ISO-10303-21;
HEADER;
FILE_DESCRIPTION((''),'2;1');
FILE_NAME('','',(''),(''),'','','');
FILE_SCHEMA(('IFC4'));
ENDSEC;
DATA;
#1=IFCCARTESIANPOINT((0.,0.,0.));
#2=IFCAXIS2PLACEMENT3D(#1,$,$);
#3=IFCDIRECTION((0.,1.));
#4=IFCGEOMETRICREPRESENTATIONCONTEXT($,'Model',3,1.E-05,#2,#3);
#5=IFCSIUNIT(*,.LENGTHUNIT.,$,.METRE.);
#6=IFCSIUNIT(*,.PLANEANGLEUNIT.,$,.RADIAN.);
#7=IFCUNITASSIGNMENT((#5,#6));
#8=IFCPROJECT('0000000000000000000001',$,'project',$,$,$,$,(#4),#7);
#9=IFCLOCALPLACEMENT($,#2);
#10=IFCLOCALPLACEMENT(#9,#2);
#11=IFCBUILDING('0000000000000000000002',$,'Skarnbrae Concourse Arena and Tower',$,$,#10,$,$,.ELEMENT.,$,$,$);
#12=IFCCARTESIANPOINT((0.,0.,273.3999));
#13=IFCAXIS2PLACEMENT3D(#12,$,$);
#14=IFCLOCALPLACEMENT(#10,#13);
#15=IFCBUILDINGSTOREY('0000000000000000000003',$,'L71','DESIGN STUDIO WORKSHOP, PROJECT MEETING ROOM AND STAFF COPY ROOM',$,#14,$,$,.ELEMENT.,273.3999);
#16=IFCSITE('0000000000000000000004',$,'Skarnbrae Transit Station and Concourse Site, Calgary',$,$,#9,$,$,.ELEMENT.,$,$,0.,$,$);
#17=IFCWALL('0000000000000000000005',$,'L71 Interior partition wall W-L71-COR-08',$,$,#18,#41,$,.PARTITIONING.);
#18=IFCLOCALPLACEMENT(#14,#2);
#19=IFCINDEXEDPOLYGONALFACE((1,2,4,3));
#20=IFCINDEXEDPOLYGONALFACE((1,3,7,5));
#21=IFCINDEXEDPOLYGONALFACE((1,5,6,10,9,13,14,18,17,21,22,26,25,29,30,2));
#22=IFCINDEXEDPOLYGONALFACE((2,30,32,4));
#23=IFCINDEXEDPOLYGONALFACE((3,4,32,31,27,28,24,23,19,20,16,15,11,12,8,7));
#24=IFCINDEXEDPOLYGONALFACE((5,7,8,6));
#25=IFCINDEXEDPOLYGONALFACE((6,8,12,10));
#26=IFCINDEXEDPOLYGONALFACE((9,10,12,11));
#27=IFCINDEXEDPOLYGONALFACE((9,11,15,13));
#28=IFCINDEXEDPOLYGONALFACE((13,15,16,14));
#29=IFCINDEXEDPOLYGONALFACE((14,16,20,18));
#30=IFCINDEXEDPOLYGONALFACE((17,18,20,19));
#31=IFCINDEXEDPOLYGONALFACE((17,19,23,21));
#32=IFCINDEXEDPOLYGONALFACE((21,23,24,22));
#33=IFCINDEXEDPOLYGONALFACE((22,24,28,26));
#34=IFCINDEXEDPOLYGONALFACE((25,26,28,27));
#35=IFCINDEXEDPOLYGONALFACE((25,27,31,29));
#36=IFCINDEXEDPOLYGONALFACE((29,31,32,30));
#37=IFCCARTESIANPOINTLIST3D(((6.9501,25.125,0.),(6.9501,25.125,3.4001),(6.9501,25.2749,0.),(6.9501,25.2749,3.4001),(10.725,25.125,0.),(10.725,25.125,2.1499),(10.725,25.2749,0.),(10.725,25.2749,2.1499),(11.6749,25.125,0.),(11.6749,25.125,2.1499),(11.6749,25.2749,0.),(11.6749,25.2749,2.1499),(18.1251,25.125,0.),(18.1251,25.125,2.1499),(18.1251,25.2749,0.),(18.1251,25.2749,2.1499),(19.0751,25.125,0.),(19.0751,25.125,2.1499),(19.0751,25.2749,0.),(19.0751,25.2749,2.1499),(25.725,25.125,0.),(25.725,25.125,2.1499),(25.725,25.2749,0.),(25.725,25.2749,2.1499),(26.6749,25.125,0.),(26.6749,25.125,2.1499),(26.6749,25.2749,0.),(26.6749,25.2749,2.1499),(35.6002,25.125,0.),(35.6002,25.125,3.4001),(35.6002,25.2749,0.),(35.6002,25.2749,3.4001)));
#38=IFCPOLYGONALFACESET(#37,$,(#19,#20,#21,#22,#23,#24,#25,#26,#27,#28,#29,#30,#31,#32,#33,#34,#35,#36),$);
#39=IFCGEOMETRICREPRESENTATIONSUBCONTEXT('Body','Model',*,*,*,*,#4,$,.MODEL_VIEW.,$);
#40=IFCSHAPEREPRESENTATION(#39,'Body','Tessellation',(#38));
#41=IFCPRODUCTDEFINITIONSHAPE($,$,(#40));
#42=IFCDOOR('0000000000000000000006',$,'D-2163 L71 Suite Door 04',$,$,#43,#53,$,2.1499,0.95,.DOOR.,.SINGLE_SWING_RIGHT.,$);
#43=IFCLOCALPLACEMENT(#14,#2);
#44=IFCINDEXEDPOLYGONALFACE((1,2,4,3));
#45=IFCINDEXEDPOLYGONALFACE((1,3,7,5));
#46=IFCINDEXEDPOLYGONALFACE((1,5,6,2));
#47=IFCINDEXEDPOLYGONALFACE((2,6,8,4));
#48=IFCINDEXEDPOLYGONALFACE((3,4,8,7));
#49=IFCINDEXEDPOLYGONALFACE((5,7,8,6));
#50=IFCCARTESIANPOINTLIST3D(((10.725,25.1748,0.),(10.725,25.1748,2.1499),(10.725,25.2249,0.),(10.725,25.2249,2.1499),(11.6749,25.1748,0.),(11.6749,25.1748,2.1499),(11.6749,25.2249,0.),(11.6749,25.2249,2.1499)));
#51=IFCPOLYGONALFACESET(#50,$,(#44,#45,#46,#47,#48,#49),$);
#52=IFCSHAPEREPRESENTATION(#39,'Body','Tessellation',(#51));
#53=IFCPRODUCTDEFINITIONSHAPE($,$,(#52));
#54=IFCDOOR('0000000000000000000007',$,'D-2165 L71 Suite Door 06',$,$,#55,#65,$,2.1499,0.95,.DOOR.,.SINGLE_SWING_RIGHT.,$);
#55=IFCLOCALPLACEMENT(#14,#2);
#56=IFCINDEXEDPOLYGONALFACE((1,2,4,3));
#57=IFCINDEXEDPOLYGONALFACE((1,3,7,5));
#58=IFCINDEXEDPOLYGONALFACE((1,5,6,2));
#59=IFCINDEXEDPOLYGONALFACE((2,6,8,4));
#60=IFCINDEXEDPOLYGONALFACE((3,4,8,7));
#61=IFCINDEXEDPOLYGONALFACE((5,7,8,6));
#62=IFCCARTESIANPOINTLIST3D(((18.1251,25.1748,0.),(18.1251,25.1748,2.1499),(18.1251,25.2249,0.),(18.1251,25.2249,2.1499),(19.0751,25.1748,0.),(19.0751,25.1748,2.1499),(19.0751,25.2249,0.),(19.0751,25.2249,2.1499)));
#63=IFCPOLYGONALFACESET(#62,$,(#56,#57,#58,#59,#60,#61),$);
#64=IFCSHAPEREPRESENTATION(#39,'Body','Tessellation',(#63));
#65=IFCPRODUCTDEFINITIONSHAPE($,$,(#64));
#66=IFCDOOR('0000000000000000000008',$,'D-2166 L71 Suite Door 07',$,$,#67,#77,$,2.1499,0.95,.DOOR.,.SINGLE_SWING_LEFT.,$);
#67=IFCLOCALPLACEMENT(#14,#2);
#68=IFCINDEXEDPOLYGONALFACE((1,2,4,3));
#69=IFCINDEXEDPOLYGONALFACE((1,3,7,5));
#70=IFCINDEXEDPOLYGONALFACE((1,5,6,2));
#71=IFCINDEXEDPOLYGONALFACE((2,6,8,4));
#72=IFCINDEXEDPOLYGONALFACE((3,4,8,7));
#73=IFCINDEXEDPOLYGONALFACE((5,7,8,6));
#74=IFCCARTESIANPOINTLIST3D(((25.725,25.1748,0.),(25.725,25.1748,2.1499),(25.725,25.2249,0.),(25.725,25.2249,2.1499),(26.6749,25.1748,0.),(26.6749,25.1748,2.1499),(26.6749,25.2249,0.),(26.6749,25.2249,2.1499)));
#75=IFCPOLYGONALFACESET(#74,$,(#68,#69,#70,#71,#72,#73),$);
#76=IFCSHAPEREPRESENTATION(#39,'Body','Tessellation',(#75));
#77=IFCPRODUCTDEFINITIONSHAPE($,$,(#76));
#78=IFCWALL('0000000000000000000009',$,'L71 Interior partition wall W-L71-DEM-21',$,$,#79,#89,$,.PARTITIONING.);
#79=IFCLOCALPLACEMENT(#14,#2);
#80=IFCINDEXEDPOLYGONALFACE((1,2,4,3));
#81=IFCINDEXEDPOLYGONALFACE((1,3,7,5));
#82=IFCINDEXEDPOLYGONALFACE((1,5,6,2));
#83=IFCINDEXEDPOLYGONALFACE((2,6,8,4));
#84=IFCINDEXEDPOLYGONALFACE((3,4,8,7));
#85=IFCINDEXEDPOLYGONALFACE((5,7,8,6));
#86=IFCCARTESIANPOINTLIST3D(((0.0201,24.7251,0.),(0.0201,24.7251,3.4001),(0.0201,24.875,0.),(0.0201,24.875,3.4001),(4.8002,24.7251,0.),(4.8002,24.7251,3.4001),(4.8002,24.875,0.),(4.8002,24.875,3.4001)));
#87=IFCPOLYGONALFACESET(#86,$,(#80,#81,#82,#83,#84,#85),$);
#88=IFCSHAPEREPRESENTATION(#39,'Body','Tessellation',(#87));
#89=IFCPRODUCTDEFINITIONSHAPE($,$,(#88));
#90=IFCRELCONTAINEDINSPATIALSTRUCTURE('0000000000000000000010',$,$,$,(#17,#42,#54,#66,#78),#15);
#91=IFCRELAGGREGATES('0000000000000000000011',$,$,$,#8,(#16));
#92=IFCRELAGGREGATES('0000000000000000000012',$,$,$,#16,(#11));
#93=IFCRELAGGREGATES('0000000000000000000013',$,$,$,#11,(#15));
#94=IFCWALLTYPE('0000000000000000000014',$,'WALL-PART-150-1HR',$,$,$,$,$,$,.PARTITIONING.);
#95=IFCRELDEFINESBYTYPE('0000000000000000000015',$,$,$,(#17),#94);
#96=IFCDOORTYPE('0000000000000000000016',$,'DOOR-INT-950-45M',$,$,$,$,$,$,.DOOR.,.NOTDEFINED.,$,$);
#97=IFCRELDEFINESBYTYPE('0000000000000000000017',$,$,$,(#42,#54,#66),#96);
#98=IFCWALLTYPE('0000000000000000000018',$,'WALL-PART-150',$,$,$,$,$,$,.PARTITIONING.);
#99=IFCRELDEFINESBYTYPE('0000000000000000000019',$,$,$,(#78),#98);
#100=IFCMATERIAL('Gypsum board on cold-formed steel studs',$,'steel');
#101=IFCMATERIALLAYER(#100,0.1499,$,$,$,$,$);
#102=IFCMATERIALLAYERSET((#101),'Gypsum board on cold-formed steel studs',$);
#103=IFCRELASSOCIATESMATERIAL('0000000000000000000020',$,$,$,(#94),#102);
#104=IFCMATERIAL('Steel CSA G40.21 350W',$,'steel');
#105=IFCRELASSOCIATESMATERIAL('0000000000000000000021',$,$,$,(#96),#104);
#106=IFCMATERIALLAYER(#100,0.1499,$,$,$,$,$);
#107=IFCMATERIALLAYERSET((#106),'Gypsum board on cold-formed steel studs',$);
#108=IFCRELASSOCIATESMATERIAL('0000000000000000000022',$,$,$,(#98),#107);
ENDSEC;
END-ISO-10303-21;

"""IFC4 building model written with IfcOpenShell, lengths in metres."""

from ifc_helpers import new_model, si_unit, direction, frame, frame_2d, origin, place, context, subcontext, project, spatial, rectangle, extrude, source, transform, mapped, material, layer, layer_set, type_object, element, fill, save


model = new_model("IFC4")

# Units and contexts
model_context = context("Model", 3, precision=1e-05, world=origin(), true_north=direction((0.0, 1.0)))
body_context = subcontext(model_context, "Body", "Model", "MODEL_VIEW")
ifc_project = project(units=[si_unit("LENGTHUNIT", "METRE"), si_unit("PLANEANGLEUNIT", "RADIAN")], contexts=[model_context])

# Site, building, storey
site_placement = place(None, origin())
site = spatial("IfcSite", under=ifc_project, at=site_placement, Name="Skarnbrae Transit Station and Concourse Site, Calgary", CompositionType="ELEMENT", RefElevation=0.0)
building_placement = place(site_placement, origin())
building = spatial("IfcBuilding", under=site, at=building_placement, Name="Skarnbrae Concourse Arena and Tower", CompositionType="ELEMENT")
storey_placement = place(building_placement, frame((0.0, 0.0, 273.3999)))
storey = spatial("IfcBuildingStorey", under=building, at=storey_placement, Name="L71", Description="DESIGN STUDIO WORKSHOP, PROJECT MEETING ROOM AND STAFF COPY ROOM", CompositionType="ELEMENT", Elevation=273.3999)

# Shared definitions
ifc_material_1 = material(Name="Steel CSA G40.21 350W", Category="steel")

# Shared definitions
ifc_material_2 = material(Name="Gypsum board on cold-formed steel studs", Category="steel")
ifc_layer_1 = layer(ifc_material_2, 0.1499)
ifc_layer_set_1 = layer_set([ifc_layer_1], Name="Gypsum board on cold-formed steel studs")
wall_type_1 = type_object("IfcWallType", Name="WALL-PART-150-1HR", PredefinedType="PARTITIONING", material=ifc_layer_set_1)
door_type = type_object("IfcDoorType", Name="DOOR-INT-950-45M", OperationType="NOTDEFINED", PredefinedType="DOOR", material=ifc_material_1)
shared_shape_1 = source(origin(), body_context, "Body", "SweptSolid", [
    extrude(rectangle(XDim=0.95, YDim=2.1499, at=frame_2d((0.4751, 1.075))), frame((0.0, 0.0249, 0.0), z_axis=(0.0, -1.0, 0.0), x_axis=(1.0, 0.0, 0.0)), (0.0, 0.0, 1.0), 0.05),
])

# Wall, openings, doors
shared_shape_2 = source(origin(), body_context, "Body", "SweptSolid", [
    extrude(rectangle(XDim=28.6501, YDim=0.1499, at=frame_2d((14.3252, 0.0))), origin(), (0.0, 0.0, 1.0), 3.4001),
])
wall_1_placement = place(storey_placement, frame((6.95, 25.2, 0.0), z_axis=(0.0, 0.0, 1.0), x_axis=(1.0, 0.0, 0.0)))
wall_1 = element("IfcWall", 1, at=wall_1_placement, inside=storey, type_object=wall_type_1, Name="L71 Interior partition wall W-L71-COR-08", PredefinedType="PARTITIONING", context=body_context, shape_type="MappedRepresentation", body=[
    mapped(shared_shape_2, transform((0.0, 0.0, 0.0))),
])
opening_1_placement = place(wall_1_placement, frame((3.7749, 0.0, 0.0)))
opening_1 = element("IfcOpeningElement", 2, at=opening_1_placement, cuts=wall_1, PredefinedType="OPENING", context=body_context, shape_type="SweptSolid", body=[
    extrude(rectangle(XDim=0.95, YDim=2.1499, at=frame_2d((0.4751, 1.075))), frame((0.0, 0.085, 0.0), z_axis=(0.0, -1.0, 0.0), x_axis=(1.0, 0.0, 0.0)), (0.0, 0.0, 1.0), 0.1699),
])
opening_2_placement = place(wall_1_placement, frame((11.175, 0.0, 0.0)))
opening_2 = element("IfcOpeningElement", 3, at=opening_2_placement, cuts=wall_1, PredefinedType="OPENING", context=body_context, shape_type="SweptSolid", body=[
    extrude(rectangle(XDim=0.95, YDim=2.1499, at=frame_2d((0.4751, 1.075))), frame((0.0, 0.085, 0.0), z_axis=(0.0, -1.0, 0.0), x_axis=(1.0, 0.0, 0.0)), (0.0, 0.0, 1.0), 0.1699),
])
opening_3_placement = place(wall_1_placement, frame((18.7749, 0.0, 0.0)))
opening_3 = element("IfcOpeningElement", 4, at=opening_3_placement, cuts=wall_1, PredefinedType="OPENING", context=body_context, shape_type="SweptSolid", body=[
    extrude(rectangle(XDim=0.95, YDim=2.1499, at=frame_2d((0.4751, 1.075))), frame((0.0, 0.085, 0.0), z_axis=(0.0, -1.0, 0.0), x_axis=(1.0, 0.0, 0.0)), (0.0, 0.0, 1.0), 0.1699),
])
door_1_placement = place(opening_1_placement, origin())
door_1 = element("IfcDoor", 5, at=door_1_placement, inside=storey, type_object=door_type, Name="D-2163 L71 Suite Door 04", OperationType="SINGLE_SWING_RIGHT", OverallHeight=2.1499, OverallWidth=0.95, PredefinedType="DOOR", context=body_context, shape_type="MappedRepresentation", body=[
    mapped(shared_shape_1, transform((0.0, 0.0, 0.0))),
])
fill(opening_1, door_1)
door_2_placement = place(opening_2_placement, origin())
door_2 = element("IfcDoor", 6, at=door_2_placement, inside=storey, type_object=door_type, Name="D-2165 L71 Suite Door 06", OperationType="SINGLE_SWING_RIGHT", OverallHeight=2.1499, OverallWidth=0.95, PredefinedType="DOOR", context=body_context, shape_type="MappedRepresentation", body=[
    mapped(shared_shape_1, transform((0.0, 0.0, 0.0))),
])
fill(opening_2, door_2)
door_3_placement = place(opening_3_placement, origin())
door_3 = element("IfcDoor", 7, at=door_3_placement, inside=storey, type_object=door_type, Name="D-2166 L71 Suite Door 07", OperationType="SINGLE_SWING_LEFT", OverallHeight=2.1499, OverallWidth=0.95, PredefinedType="DOOR", context=body_context, shape_type="MappedRepresentation", body=[
    mapped(shared_shape_1, transform((0.0, 0.0, 0.0))),
])
fill(opening_3, door_3)

# Wall
ifc_layer_2 = layer(ifc_material_2, 0.1499)
ifc_layer_set_2 = layer_set([ifc_layer_2], Name="Gypsum board on cold-formed steel studs")
wall_type_2 = type_object("IfcWallType", Name="WALL-PART-150", PredefinedType="PARTITIONING", material=ifc_layer_set_2)
shared_shape_3 = source(origin(), body_context, "Body", "SweptSolid", [
    extrude(rectangle(XDim=4.78, YDim=0.1499, at=frame_2d((2.3901, 0.0))), origin(), (0.0, 0.0, 1.0), 3.4001),
])
wall_2_placement = place(storey_placement, frame((0.02, 24.8, 0.0), z_axis=(0.0, 0.0, 1.0), x_axis=(1.0, 0.0, 0.0)))
element("IfcWall", 8, at=wall_2_placement, inside=storey, type_object=wall_type_2, Name="L71 Interior partition wall W-L71-DEM-21", PredefinedType="PARTITIONING", context=body_context, shape_type="MappedRepresentation", body=[
    mapped(shared_shape_3, transform((0.0, 0.0, 0.0))),
])

save(model, "model.ifc")
